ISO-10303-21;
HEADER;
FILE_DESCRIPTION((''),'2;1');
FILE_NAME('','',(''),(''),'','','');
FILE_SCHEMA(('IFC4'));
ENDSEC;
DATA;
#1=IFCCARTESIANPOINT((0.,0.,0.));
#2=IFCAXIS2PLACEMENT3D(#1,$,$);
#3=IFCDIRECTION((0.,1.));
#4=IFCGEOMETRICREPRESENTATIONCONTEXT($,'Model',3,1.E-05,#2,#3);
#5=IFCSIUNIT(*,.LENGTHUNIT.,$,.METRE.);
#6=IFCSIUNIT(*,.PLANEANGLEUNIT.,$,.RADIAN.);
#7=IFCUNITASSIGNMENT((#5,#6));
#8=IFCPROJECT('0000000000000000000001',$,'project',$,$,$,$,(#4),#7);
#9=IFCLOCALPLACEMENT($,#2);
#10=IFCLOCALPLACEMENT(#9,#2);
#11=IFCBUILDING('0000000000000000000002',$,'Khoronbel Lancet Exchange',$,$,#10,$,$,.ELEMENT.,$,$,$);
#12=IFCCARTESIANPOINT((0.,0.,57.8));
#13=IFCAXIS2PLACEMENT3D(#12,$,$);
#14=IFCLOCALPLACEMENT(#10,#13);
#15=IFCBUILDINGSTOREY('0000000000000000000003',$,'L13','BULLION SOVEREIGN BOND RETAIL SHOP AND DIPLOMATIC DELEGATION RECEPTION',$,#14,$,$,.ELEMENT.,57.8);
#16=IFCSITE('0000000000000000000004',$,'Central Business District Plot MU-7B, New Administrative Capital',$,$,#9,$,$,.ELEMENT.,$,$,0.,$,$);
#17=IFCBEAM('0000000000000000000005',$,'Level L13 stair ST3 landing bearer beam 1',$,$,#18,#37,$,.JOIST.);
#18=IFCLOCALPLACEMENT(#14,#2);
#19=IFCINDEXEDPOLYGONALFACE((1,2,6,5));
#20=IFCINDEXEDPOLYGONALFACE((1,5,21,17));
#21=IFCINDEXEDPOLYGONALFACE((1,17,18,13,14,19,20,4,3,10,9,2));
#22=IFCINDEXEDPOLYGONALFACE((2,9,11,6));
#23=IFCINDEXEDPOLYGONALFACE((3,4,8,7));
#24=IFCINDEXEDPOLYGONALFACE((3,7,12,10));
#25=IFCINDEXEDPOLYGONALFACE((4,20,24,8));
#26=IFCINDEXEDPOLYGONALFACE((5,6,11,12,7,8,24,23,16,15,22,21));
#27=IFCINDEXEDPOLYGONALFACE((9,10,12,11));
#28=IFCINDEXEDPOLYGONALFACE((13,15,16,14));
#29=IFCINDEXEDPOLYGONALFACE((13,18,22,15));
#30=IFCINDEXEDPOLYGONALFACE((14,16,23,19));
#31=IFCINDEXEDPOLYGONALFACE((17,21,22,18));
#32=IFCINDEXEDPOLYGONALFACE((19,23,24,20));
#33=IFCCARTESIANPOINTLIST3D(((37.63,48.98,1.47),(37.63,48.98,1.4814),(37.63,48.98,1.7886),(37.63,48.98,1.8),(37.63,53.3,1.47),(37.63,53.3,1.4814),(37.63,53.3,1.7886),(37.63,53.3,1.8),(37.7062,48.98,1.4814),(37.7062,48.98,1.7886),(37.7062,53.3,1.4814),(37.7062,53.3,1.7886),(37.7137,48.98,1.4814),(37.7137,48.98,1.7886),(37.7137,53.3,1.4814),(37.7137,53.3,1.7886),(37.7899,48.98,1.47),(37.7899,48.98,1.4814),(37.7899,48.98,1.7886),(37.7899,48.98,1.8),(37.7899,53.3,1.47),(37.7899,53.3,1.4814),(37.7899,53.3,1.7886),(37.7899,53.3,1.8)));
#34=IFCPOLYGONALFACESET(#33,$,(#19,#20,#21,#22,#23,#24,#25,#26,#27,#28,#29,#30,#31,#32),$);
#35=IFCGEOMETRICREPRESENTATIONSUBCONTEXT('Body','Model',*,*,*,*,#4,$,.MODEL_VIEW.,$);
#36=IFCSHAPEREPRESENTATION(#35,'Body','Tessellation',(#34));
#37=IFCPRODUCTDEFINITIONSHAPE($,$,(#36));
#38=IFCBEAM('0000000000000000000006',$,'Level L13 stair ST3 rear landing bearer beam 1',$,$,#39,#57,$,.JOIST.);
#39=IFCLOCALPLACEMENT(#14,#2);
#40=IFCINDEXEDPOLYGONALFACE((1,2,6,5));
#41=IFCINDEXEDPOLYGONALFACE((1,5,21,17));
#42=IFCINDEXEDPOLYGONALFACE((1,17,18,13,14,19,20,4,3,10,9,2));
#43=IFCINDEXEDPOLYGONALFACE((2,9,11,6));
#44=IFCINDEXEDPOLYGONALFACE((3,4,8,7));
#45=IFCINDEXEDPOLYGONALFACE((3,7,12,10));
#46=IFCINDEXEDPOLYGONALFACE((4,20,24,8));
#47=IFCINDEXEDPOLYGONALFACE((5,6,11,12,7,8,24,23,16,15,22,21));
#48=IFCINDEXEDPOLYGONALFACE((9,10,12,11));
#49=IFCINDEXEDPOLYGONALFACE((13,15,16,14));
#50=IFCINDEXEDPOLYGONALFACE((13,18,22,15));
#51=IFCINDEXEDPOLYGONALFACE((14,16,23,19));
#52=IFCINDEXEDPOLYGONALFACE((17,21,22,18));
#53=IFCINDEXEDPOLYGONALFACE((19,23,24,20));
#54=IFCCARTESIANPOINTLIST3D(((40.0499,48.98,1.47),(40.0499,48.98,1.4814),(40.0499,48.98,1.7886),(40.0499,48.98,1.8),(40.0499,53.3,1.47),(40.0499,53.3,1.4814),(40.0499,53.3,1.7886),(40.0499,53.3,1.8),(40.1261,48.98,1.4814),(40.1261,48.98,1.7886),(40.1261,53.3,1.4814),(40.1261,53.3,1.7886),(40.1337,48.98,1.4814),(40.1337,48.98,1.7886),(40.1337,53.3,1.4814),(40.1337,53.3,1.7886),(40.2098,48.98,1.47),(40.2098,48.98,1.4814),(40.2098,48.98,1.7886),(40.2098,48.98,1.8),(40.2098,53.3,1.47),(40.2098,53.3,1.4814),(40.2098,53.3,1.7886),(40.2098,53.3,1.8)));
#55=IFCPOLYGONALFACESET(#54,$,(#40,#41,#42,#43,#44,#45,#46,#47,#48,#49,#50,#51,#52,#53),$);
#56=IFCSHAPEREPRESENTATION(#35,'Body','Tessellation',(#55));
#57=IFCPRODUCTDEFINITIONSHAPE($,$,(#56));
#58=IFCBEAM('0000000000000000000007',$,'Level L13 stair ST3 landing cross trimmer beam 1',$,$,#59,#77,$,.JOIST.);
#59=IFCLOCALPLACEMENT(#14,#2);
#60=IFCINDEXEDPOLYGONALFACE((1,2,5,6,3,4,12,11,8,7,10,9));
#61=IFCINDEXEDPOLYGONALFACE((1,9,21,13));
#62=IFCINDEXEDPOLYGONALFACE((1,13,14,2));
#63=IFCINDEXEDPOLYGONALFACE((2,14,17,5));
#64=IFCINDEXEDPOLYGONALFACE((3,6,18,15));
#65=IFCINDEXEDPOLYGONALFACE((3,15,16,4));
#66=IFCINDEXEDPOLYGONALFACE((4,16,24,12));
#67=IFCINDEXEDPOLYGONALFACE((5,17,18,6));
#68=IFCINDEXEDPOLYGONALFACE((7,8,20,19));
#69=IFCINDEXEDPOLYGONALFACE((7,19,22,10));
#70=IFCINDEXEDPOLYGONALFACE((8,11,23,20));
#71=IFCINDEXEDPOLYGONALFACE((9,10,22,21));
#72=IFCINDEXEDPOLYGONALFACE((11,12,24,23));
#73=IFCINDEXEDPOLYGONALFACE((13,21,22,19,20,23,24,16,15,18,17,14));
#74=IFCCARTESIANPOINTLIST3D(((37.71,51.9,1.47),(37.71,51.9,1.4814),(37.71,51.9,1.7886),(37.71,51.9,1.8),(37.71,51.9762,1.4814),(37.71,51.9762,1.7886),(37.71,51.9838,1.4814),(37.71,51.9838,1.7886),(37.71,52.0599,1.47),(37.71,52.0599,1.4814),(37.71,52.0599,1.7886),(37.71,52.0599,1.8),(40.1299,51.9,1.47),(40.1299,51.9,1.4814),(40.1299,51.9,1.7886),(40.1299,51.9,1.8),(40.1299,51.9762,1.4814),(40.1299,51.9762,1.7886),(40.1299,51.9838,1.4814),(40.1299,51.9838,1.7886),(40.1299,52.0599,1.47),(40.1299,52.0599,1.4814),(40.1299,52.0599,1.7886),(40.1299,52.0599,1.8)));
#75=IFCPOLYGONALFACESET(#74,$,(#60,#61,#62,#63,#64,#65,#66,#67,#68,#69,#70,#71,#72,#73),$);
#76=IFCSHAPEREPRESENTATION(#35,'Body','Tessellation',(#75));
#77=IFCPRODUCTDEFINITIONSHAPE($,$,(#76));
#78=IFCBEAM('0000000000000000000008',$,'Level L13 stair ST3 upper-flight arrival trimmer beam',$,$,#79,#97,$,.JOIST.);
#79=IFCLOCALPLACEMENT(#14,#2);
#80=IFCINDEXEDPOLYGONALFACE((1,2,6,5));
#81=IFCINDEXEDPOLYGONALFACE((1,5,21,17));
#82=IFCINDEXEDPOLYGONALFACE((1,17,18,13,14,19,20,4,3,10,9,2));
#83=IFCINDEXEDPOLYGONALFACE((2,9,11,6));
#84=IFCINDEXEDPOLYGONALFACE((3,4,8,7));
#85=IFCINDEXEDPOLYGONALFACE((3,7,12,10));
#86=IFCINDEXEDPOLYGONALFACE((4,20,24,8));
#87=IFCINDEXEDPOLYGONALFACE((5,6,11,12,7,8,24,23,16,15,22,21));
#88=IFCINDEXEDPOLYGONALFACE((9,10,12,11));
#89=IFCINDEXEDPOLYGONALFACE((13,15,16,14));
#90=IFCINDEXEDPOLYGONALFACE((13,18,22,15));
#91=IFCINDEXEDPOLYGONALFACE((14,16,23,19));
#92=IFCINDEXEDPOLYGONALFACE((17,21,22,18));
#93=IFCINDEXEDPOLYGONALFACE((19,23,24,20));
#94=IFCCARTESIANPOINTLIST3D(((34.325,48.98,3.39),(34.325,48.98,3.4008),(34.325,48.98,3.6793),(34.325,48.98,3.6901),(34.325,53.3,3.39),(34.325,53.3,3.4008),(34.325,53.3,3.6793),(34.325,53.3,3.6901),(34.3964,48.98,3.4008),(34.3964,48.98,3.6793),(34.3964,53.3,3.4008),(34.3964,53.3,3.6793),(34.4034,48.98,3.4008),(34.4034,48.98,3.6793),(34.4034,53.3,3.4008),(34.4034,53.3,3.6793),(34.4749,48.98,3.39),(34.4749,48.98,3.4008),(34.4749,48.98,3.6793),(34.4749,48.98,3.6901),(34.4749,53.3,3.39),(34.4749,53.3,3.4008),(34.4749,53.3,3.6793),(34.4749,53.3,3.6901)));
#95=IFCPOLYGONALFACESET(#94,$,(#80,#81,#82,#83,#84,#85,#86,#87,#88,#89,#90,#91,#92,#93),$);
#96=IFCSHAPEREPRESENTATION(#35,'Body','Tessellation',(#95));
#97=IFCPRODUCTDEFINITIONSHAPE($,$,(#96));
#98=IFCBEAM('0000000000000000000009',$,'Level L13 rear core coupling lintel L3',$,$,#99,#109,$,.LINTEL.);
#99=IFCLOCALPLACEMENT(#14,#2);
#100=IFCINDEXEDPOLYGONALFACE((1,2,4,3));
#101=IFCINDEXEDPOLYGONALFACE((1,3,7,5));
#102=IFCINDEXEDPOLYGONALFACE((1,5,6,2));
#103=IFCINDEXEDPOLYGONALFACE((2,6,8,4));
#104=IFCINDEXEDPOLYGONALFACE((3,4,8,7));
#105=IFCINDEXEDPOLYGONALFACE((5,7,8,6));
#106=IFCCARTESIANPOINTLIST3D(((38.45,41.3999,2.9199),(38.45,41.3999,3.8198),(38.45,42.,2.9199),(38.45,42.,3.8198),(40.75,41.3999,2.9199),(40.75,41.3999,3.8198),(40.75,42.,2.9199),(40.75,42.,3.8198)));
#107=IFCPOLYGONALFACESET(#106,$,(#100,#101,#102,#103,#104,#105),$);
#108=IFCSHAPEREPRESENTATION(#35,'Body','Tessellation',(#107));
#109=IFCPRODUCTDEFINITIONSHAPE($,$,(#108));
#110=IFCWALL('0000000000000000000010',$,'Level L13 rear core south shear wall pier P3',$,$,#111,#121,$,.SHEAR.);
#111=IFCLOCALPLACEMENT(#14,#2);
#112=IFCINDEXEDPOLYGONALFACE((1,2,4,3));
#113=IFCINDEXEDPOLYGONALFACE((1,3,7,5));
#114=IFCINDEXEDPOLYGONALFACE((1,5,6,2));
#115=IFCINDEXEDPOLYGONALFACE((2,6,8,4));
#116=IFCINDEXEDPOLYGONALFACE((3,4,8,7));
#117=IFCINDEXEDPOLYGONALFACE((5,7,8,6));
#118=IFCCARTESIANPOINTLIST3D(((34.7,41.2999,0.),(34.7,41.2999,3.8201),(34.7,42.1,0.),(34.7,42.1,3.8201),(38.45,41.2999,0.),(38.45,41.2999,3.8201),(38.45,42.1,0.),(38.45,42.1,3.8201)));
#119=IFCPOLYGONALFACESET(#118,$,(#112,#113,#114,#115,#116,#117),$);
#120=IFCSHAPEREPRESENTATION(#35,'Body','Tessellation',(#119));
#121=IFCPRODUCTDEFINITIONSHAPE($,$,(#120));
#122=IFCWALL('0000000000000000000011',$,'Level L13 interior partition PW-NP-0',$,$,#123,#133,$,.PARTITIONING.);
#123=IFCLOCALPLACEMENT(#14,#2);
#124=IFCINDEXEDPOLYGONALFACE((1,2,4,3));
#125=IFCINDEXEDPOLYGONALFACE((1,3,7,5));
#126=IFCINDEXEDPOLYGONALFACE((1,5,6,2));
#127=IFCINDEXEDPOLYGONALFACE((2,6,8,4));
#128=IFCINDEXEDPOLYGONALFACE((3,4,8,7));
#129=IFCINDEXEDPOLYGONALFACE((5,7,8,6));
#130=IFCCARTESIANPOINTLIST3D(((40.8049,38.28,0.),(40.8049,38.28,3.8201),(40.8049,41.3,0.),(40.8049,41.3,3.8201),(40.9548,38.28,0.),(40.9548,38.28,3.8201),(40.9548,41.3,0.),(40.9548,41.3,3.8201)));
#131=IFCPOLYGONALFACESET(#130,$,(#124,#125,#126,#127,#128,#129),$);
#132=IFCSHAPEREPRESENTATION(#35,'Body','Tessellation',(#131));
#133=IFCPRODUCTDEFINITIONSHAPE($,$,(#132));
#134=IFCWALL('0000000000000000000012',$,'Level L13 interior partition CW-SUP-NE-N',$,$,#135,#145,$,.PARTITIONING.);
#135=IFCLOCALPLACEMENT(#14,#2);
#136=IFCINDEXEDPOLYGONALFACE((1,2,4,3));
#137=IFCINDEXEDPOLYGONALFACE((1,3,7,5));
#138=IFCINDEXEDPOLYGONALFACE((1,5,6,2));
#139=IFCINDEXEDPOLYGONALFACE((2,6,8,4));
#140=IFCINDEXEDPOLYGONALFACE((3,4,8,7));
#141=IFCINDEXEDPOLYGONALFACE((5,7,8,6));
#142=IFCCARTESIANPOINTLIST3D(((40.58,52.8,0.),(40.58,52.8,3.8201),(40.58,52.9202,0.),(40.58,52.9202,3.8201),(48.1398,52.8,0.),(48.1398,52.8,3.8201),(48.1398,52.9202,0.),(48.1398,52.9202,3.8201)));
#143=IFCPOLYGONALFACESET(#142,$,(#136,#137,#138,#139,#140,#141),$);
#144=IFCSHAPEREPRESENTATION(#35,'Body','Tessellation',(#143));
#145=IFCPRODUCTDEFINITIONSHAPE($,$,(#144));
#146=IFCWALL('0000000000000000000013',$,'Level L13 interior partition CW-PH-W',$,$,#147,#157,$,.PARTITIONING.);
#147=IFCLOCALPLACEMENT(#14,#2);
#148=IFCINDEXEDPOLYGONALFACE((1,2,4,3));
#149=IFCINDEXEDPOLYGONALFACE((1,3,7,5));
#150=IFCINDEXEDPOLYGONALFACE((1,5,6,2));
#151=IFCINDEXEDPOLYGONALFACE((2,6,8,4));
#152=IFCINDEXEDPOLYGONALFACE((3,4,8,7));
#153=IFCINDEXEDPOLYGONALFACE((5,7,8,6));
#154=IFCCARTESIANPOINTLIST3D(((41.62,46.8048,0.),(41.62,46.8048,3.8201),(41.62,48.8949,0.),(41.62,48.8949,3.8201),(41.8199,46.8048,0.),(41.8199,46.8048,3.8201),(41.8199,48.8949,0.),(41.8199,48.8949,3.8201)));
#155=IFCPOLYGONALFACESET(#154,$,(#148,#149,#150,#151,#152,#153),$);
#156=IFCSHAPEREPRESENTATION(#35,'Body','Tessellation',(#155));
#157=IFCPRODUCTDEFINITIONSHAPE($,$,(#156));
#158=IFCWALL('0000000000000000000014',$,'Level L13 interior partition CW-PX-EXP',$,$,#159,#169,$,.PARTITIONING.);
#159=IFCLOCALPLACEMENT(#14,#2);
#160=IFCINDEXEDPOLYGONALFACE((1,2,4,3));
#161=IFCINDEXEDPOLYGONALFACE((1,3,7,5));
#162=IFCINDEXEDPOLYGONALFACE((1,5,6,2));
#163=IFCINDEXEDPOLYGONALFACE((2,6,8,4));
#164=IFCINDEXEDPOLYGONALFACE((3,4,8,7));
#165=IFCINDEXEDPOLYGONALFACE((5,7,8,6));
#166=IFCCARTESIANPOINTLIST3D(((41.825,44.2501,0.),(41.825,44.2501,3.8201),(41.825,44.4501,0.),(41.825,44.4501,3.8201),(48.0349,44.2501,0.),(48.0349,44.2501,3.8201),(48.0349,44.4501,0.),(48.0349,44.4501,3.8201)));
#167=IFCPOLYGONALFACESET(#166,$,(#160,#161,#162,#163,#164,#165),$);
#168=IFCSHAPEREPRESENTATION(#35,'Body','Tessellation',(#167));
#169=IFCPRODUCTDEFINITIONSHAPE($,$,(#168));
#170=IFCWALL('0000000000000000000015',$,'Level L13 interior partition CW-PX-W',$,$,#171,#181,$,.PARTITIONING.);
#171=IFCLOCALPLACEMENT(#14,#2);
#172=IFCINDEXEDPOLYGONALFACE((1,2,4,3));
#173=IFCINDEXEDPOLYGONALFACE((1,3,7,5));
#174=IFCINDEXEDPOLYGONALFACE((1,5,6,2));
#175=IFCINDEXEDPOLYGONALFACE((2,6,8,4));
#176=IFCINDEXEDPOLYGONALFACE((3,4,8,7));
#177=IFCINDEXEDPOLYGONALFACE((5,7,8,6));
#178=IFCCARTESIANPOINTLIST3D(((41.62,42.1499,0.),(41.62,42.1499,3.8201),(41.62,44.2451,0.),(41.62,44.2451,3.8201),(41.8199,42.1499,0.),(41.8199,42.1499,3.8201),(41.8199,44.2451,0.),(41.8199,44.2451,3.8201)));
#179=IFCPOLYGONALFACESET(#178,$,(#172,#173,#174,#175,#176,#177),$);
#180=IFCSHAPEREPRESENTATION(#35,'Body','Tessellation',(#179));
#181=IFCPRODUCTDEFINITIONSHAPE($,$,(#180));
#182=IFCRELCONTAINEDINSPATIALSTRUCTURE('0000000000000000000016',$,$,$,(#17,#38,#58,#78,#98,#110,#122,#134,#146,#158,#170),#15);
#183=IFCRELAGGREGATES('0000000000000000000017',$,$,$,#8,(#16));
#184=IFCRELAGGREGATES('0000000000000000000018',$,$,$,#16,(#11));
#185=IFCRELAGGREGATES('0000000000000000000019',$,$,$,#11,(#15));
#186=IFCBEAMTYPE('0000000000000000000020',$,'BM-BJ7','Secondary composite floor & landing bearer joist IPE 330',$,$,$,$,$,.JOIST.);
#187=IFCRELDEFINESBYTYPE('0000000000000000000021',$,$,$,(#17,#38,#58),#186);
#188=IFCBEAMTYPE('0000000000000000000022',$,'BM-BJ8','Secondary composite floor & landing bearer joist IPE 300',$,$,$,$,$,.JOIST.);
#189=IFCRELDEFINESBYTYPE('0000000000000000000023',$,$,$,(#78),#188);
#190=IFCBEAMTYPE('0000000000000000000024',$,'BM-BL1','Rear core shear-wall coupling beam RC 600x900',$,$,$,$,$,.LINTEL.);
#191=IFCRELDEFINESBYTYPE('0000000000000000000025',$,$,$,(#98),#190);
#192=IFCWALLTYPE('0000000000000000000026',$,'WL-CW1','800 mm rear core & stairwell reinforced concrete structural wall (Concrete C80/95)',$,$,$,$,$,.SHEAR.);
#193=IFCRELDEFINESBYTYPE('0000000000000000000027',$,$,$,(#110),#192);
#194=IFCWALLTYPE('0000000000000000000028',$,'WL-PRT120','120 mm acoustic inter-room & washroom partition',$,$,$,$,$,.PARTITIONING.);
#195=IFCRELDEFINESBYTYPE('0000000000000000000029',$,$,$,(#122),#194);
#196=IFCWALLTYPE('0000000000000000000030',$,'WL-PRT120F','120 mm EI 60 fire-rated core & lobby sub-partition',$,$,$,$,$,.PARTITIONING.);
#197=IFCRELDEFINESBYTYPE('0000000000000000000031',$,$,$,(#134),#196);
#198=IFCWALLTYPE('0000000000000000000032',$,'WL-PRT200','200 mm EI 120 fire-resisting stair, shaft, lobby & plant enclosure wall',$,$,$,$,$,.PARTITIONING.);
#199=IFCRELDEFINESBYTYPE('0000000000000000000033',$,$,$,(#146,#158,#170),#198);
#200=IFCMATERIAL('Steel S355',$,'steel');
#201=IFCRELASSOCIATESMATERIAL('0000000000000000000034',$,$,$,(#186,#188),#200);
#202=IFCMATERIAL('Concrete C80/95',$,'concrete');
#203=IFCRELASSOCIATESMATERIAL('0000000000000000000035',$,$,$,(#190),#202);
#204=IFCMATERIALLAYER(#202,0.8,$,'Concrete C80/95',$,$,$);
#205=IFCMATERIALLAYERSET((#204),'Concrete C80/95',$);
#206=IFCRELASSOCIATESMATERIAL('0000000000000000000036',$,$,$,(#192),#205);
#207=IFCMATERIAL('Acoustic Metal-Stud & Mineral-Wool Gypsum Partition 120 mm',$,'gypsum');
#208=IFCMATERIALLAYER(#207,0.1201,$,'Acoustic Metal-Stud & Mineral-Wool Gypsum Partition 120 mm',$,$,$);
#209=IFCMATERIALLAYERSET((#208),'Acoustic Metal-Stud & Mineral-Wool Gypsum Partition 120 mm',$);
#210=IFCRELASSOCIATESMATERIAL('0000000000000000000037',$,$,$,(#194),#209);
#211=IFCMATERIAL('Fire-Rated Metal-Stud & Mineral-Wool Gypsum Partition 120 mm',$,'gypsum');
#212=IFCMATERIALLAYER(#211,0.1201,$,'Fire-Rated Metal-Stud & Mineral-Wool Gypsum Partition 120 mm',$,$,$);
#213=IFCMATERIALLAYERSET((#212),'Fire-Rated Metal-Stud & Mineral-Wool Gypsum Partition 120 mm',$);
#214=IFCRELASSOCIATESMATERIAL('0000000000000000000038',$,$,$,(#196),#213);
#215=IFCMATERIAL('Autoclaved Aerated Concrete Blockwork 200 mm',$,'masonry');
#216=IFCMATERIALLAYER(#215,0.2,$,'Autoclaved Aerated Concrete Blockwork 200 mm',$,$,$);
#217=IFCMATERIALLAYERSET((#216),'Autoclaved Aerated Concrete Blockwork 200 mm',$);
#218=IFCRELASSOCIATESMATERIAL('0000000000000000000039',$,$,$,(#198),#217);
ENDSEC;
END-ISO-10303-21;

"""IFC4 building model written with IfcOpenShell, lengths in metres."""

from ifc_helpers import new_model, si_unit, direction, frame, frame_2d, origin, origin_2d, place, context, subcontext, project, spatial, rectangle, i_section, extrude, material, layer, layer_set, material_profile, profile_set, type_object, element, save


model = new_model("IFC4")

# Units and contexts
model_context = context("Model", 3, precision=1e-05, world=origin(), true_north=direction((0.0, 1.0)))
body_context = subcontext(model_context, "Body", "Model", "MODEL_VIEW")
ifc_project = project(units=[si_unit("LENGTHUNIT", "METRE"), si_unit("PLANEANGLEUNIT", "RADIAN")], contexts=[model_context])

# Site, building, storey
site_placement = place(None, origin())
site = spatial("IfcSite", under=ifc_project, at=site_placement, Name="Central Business District Plot MU-7B, New Administrative Capital", CompositionType="ELEMENT", RefElevation=0.0)
building_placement = place(site_placement, origin())
building = spatial("IfcBuilding", under=site, at=building_placement, Name="Khoronbel Lancet Exchange", CompositionType="ELEMENT")
storey_placement = place(building_placement, frame((0.0, 0.0, 57.8)))
storey = spatial("IfcBuildingStorey", under=building, at=storey_placement, Name="L13", Description="BULLION SOVEREIGN BOND RETAIL SHOP AND DIPLOMATIC DELEGATION RECEPTION", CompositionType="ELEMENT", Elevation=57.8)

# Beams
ifc_material_1 = material(Name="Steel S355", Category="steel")
ifc_material_profile_1 = material_profile(ifc_material_1, i_section(OverallWidth=0.1599, OverallDepth=0.3301, WebThickness=0.0076, FlangeThickness=0.0115, at=origin_2d()), Name="IPE 330")
ifc_profile_set_1 = profile_set([ifc_material_profile_1], Name="Steel S355")
beam_type_1 = type_object("IfcBeamType", Name="BM-BJ7", Description="Secondary composite floor & landing bearer joist IPE 330", PredefinedType="JOIST", material=ifc_profile_set_1)
for number, where, z_axis, x_axis, name in (
    (1, (37.71, 48.98, 1.635), (0.0, 1.0, 0.0), (-1.0, 0.0, 0.0), "Level L13 stair ST3 landing bearer beam 1"),
    (2, (40.1299, 48.98, 1.635), (0.0, 1.0, 0.0), (-1.0, 0.0, 0.0), "Level L13 stair ST3 rear landing bearer beam 1"),
):
    element("IfcBeam", number, at=place(storey_placement, frame(where, z_axis=z_axis, x_axis=x_axis)), inside=storey, type_object=beam_type_1, Name=name, PredefinedType="JOIST", context=body_context, shape_type="SweptSolid", body=[
        extrude(i_section(OverallWidth=0.1599, OverallDepth=0.3301, WebThickness=0.0076, FlangeThickness=0.0115, at=origin_2d()), origin(), (0.0, 0.0, 1.0), 4.3201),
    ])
beam_1_placement = place(storey_placement, frame((37.71, 51.98, 1.635), z_axis=(1.0, 0.0, 0.0), x_axis=(0.0, 1.0, 0.0)))
element("IfcBeam", 3, at=beam_1_placement, inside=storey, type_object=beam_type_1, Name="Level L13 stair ST3 landing cross trimmer beam 1", PredefinedType="JOIST", context=body_context, shape_type="SweptSolid", body=[
    extrude(i_section(OverallWidth=0.1599, OverallDepth=0.3301, WebThickness=0.0076, FlangeThickness=0.0115, at=origin_2d()), origin(), (0.0, 0.0, 1.0), 2.4199),
])
ifc_material_profile_2 = material_profile(ifc_material_1, i_section(OverallWidth=0.1499, OverallDepth=0.3, WebThickness=0.0071, FlangeThickness=0.0107, at=origin_2d()), Name="IPE 300")
ifc_profile_set_2 = profile_set([ifc_material_profile_2], Name="Steel S355")
beam_type_2 = type_object("IfcBeamType", Name="BM-BJ8", Description="Secondary composite floor & landing bearer joist IPE 300", PredefinedType="JOIST", material=ifc_profile_set_2)
beam_2_placement = place(storey_placement, frame((34.3999, 48.98, 3.54), z_axis=(0.0, 1.0, 0.0), x_axis=(-1.0, 0.0, 0.0)))
element("IfcBeam", 4, at=beam_2_placement, inside=storey, type_object=beam_type_2, Name="Level L13 stair ST3 upper-flight arrival trimmer beam", PredefinedType="JOIST", context=body_context, shape_type="SweptSolid", body=[
    extrude(i_section(OverallWidth=0.1499, OverallDepth=0.3, WebThickness=0.0071, FlangeThickness=0.0107, at=origin_2d()), origin(), (0.0, 0.0, 1.0), 4.3201),
])
ifc_material_2 = material(Name="Concrete C80/95", Category="concrete")
ifc_material_profile_3 = material_profile(ifc_material_2, rectangle(XDim=0.6001, YDim=0.8999, at=origin_2d()), Name="RC 600x900")
ifc_profile_set_3 = profile_set([ifc_material_profile_3], Name="Concrete C80/95")
beam_type_3 = type_object("IfcBeamType", Name="BM-BL1", Description="Rear core shear-wall coupling beam RC 600x900", PredefinedType="LINTEL", material=ifc_profile_set_3)
beam_3_placement = place(storey_placement, frame((38.45, 41.7, 3.3699), z_axis=(1.0, 0.0, 0.0), x_axis=(0.0, 1.0, 0.0)))
element("IfcBeam", 5, at=beam_3_placement, inside=storey, type_object=beam_type_3, Name="Level L13 rear core coupling lintel L3", PredefinedType="LINTEL", context=body_context, shape_type="SweptSolid", body=[
    extrude(rectangle(XDim=0.6001, YDim=0.8999, at=origin_2d()), origin(), (0.0, 0.0, 1.0), 2.3),
])

# Walls
ifc_layer_1 = layer(ifc_material_2, 0.8, Name="Concrete C80/95")
ifc_layer_set_1 = layer_set([ifc_layer_1], Name="Concrete C80/95")
wall_type_1 = type_object("IfcWallType", Name="WL-CW1", Description="800 mm rear core & stairwell reinforced concrete structural wall (Concrete C80/95)", PredefinedType="SHEAR", material=ifc_layer_set_1)
wall_1_placement = place(storey_placement, frame((38.45, 41.7, 0.0), z_axis=(0.0, 0.0, 1.0), x_axis=(-1.0, 0.0, 0.0)))
element("IfcWall", 6, at=wall_1_placement, inside=storey, type_object=wall_type_1, Name="Level L13 rear core south shear wall pier P3", PredefinedType="SHEAR", context=body_context, shape_type="SweptSolid", body=[
    extrude(rectangle(XDim=3.75, YDim=0.8, at=frame_2d((1.875, 0.0))), origin(), (0.0, 0.0, 1.0), 3.8201),
])
ifc_material_3 = material(Name="Acoustic Metal-Stud & Mineral-Wool Gypsum Partition 120 mm", Category="gypsum")
ifc_layer_2 = layer(ifc_material_3, 0.1201, Name="Acoustic Metal-Stud & Mineral-Wool Gypsum Partition 120 mm")
ifc_layer_set_2 = layer_set([ifc_layer_2], Name="Acoustic Metal-Stud & Mineral-Wool Gypsum Partition 120 mm")
wall_type_2 = type_object("IfcWallType", Name="WL-PRT120", Description="120 mm acoustic inter-room & washroom partition", PredefinedType="PARTITIONING", material=ifc_layer_set_2)
wall_2_placement = place(storey_placement, frame((40.8799, 38.28, 0.0), z_axis=(0.0, 0.0, 1.0), x_axis=(0.0, 1.0, 0.0)))
element("IfcWall", 7, at=wall_2_placement, inside=storey, type_object=wall_type_2, Name="Level L13 interior partition PW-NP-0", PredefinedType="PARTITIONING", context=body_context, shape_type="SweptSolid", body=[
    extrude(rectangle(XDim=3.02, YDim=0.1499, at=frame_2d((1.51, 0.0))), origin(), (0.0, 0.0, 1.0), 3.8201),
])
ifc_material_4 = material(Name="Fire-Rated Metal-Stud & Mineral-Wool Gypsum Partition 120 mm", Category="gypsum")
ifc_layer_3 = layer(ifc_material_4, 0.1201, Name="Fire-Rated Metal-Stud & Mineral-Wool Gypsum Partition 120 mm")
ifc_layer_set_3 = layer_set([ifc_layer_3], Name="Fire-Rated Metal-Stud & Mineral-Wool Gypsum Partition 120 mm")
wall_type_3 = type_object("IfcWallType", Name="WL-PRT120F", Description="120 mm EI 60 fire-rated core & lobby sub-partition", PredefinedType="PARTITIONING", material=ifc_layer_set_3)
wall_3_placement = place(storey_placement, frame((40.5801, 52.8601, 0.0), z_axis=(0.0, 0.0, 1.0), x_axis=(1.0, 0.0, 0.0)))
element("IfcWall", 8, at=wall_3_placement, inside=storey, type_object=wall_type_3, Name="Level L13 interior partition CW-SUP-NE-N", PredefinedType="PARTITIONING", context=body_context, shape_type="SweptSolid", body=[
    extrude(rectangle(XDim=7.5598, YDim=0.1201, at=frame_2d((3.7798, 0.0))), origin(), (0.0, 0.0, 1.0), 3.8201),
])
ifc_material_5 = material(Name="Autoclaved Aerated Concrete Blockwork 200 mm", Category="masonry")
ifc_layer_4 = layer(ifc_material_5, 0.2, Name="Autoclaved Aerated Concrete Blockwork 200 mm")
ifc_layer_set_4 = layer_set([ifc_layer_4], Name="Autoclaved Aerated Concrete Blockwork 200 mm")
wall_type_4 = type_object("IfcWallType", Name="WL-PRT200", Description="200 mm EI 120 fire-resisting stair, shaft, lobby & plant enclosure wall", PredefinedType="PARTITIONING", material=ifc_layer_set_4)
wall_4_placement = place(storey_placement, frame((41.72, 46.8049, 0.0), z_axis=(0.0, 0.0, 1.0), x_axis=(0.0, 1.0, 0.0)))
element("IfcWall", 9, at=wall_4_placement, inside=storey, type_object=wall_type_4, Name="Level L13 interior partition CW-PH-W", PredefinedType="PARTITIONING", context=body_context, shape_type="SweptSolid", body=[
    extrude(rectangle(XDim=2.0901, YDim=0.2, at=frame_2d((1.0449, 0.0))), origin(), (0.0, 0.0, 1.0), 3.8201),
])
wall_5_placement = place(storey_placement, frame((41.825, 44.3501, 0.0), z_axis=(0.0, 0.0, 1.0), x_axis=(1.0, 0.0, 0.0)))
element("IfcWall", 10, at=wall_5_placement, inside=storey, type_object=wall_type_4, Name="Level L13 interior partition CW-PX-EXP", PredefinedType="PARTITIONING", context=body_context, shape_type="SweptSolid", body=[
    extrude(rectangle(XDim=6.21, YDim=0.2, at=frame_2d((3.105, 0.0))), origin(), (0.0, 0.0, 1.0), 3.8201),
])
wall_6_placement = place(storey_placement, frame((41.72, 42.1499, 0.0), z_axis=(0.0, 0.0, 1.0), x_axis=(0.0, 1.0, 0.0)))
element("IfcWall", 11, at=wall_6_placement, inside=storey, type_object=wall_type_4, Name="Level L13 interior partition CW-PX-W", PredefinedType="PARTITIONING", context=body_context, shape_type="SweptSolid", body=[
    extrude(rectangle(XDim=2.0952, YDim=0.2, at=frame_2d((1.0476, 0.0))), origin(), (0.0, 0.0, 1.0), 3.8201),
])

save(model, "model.ifc")
